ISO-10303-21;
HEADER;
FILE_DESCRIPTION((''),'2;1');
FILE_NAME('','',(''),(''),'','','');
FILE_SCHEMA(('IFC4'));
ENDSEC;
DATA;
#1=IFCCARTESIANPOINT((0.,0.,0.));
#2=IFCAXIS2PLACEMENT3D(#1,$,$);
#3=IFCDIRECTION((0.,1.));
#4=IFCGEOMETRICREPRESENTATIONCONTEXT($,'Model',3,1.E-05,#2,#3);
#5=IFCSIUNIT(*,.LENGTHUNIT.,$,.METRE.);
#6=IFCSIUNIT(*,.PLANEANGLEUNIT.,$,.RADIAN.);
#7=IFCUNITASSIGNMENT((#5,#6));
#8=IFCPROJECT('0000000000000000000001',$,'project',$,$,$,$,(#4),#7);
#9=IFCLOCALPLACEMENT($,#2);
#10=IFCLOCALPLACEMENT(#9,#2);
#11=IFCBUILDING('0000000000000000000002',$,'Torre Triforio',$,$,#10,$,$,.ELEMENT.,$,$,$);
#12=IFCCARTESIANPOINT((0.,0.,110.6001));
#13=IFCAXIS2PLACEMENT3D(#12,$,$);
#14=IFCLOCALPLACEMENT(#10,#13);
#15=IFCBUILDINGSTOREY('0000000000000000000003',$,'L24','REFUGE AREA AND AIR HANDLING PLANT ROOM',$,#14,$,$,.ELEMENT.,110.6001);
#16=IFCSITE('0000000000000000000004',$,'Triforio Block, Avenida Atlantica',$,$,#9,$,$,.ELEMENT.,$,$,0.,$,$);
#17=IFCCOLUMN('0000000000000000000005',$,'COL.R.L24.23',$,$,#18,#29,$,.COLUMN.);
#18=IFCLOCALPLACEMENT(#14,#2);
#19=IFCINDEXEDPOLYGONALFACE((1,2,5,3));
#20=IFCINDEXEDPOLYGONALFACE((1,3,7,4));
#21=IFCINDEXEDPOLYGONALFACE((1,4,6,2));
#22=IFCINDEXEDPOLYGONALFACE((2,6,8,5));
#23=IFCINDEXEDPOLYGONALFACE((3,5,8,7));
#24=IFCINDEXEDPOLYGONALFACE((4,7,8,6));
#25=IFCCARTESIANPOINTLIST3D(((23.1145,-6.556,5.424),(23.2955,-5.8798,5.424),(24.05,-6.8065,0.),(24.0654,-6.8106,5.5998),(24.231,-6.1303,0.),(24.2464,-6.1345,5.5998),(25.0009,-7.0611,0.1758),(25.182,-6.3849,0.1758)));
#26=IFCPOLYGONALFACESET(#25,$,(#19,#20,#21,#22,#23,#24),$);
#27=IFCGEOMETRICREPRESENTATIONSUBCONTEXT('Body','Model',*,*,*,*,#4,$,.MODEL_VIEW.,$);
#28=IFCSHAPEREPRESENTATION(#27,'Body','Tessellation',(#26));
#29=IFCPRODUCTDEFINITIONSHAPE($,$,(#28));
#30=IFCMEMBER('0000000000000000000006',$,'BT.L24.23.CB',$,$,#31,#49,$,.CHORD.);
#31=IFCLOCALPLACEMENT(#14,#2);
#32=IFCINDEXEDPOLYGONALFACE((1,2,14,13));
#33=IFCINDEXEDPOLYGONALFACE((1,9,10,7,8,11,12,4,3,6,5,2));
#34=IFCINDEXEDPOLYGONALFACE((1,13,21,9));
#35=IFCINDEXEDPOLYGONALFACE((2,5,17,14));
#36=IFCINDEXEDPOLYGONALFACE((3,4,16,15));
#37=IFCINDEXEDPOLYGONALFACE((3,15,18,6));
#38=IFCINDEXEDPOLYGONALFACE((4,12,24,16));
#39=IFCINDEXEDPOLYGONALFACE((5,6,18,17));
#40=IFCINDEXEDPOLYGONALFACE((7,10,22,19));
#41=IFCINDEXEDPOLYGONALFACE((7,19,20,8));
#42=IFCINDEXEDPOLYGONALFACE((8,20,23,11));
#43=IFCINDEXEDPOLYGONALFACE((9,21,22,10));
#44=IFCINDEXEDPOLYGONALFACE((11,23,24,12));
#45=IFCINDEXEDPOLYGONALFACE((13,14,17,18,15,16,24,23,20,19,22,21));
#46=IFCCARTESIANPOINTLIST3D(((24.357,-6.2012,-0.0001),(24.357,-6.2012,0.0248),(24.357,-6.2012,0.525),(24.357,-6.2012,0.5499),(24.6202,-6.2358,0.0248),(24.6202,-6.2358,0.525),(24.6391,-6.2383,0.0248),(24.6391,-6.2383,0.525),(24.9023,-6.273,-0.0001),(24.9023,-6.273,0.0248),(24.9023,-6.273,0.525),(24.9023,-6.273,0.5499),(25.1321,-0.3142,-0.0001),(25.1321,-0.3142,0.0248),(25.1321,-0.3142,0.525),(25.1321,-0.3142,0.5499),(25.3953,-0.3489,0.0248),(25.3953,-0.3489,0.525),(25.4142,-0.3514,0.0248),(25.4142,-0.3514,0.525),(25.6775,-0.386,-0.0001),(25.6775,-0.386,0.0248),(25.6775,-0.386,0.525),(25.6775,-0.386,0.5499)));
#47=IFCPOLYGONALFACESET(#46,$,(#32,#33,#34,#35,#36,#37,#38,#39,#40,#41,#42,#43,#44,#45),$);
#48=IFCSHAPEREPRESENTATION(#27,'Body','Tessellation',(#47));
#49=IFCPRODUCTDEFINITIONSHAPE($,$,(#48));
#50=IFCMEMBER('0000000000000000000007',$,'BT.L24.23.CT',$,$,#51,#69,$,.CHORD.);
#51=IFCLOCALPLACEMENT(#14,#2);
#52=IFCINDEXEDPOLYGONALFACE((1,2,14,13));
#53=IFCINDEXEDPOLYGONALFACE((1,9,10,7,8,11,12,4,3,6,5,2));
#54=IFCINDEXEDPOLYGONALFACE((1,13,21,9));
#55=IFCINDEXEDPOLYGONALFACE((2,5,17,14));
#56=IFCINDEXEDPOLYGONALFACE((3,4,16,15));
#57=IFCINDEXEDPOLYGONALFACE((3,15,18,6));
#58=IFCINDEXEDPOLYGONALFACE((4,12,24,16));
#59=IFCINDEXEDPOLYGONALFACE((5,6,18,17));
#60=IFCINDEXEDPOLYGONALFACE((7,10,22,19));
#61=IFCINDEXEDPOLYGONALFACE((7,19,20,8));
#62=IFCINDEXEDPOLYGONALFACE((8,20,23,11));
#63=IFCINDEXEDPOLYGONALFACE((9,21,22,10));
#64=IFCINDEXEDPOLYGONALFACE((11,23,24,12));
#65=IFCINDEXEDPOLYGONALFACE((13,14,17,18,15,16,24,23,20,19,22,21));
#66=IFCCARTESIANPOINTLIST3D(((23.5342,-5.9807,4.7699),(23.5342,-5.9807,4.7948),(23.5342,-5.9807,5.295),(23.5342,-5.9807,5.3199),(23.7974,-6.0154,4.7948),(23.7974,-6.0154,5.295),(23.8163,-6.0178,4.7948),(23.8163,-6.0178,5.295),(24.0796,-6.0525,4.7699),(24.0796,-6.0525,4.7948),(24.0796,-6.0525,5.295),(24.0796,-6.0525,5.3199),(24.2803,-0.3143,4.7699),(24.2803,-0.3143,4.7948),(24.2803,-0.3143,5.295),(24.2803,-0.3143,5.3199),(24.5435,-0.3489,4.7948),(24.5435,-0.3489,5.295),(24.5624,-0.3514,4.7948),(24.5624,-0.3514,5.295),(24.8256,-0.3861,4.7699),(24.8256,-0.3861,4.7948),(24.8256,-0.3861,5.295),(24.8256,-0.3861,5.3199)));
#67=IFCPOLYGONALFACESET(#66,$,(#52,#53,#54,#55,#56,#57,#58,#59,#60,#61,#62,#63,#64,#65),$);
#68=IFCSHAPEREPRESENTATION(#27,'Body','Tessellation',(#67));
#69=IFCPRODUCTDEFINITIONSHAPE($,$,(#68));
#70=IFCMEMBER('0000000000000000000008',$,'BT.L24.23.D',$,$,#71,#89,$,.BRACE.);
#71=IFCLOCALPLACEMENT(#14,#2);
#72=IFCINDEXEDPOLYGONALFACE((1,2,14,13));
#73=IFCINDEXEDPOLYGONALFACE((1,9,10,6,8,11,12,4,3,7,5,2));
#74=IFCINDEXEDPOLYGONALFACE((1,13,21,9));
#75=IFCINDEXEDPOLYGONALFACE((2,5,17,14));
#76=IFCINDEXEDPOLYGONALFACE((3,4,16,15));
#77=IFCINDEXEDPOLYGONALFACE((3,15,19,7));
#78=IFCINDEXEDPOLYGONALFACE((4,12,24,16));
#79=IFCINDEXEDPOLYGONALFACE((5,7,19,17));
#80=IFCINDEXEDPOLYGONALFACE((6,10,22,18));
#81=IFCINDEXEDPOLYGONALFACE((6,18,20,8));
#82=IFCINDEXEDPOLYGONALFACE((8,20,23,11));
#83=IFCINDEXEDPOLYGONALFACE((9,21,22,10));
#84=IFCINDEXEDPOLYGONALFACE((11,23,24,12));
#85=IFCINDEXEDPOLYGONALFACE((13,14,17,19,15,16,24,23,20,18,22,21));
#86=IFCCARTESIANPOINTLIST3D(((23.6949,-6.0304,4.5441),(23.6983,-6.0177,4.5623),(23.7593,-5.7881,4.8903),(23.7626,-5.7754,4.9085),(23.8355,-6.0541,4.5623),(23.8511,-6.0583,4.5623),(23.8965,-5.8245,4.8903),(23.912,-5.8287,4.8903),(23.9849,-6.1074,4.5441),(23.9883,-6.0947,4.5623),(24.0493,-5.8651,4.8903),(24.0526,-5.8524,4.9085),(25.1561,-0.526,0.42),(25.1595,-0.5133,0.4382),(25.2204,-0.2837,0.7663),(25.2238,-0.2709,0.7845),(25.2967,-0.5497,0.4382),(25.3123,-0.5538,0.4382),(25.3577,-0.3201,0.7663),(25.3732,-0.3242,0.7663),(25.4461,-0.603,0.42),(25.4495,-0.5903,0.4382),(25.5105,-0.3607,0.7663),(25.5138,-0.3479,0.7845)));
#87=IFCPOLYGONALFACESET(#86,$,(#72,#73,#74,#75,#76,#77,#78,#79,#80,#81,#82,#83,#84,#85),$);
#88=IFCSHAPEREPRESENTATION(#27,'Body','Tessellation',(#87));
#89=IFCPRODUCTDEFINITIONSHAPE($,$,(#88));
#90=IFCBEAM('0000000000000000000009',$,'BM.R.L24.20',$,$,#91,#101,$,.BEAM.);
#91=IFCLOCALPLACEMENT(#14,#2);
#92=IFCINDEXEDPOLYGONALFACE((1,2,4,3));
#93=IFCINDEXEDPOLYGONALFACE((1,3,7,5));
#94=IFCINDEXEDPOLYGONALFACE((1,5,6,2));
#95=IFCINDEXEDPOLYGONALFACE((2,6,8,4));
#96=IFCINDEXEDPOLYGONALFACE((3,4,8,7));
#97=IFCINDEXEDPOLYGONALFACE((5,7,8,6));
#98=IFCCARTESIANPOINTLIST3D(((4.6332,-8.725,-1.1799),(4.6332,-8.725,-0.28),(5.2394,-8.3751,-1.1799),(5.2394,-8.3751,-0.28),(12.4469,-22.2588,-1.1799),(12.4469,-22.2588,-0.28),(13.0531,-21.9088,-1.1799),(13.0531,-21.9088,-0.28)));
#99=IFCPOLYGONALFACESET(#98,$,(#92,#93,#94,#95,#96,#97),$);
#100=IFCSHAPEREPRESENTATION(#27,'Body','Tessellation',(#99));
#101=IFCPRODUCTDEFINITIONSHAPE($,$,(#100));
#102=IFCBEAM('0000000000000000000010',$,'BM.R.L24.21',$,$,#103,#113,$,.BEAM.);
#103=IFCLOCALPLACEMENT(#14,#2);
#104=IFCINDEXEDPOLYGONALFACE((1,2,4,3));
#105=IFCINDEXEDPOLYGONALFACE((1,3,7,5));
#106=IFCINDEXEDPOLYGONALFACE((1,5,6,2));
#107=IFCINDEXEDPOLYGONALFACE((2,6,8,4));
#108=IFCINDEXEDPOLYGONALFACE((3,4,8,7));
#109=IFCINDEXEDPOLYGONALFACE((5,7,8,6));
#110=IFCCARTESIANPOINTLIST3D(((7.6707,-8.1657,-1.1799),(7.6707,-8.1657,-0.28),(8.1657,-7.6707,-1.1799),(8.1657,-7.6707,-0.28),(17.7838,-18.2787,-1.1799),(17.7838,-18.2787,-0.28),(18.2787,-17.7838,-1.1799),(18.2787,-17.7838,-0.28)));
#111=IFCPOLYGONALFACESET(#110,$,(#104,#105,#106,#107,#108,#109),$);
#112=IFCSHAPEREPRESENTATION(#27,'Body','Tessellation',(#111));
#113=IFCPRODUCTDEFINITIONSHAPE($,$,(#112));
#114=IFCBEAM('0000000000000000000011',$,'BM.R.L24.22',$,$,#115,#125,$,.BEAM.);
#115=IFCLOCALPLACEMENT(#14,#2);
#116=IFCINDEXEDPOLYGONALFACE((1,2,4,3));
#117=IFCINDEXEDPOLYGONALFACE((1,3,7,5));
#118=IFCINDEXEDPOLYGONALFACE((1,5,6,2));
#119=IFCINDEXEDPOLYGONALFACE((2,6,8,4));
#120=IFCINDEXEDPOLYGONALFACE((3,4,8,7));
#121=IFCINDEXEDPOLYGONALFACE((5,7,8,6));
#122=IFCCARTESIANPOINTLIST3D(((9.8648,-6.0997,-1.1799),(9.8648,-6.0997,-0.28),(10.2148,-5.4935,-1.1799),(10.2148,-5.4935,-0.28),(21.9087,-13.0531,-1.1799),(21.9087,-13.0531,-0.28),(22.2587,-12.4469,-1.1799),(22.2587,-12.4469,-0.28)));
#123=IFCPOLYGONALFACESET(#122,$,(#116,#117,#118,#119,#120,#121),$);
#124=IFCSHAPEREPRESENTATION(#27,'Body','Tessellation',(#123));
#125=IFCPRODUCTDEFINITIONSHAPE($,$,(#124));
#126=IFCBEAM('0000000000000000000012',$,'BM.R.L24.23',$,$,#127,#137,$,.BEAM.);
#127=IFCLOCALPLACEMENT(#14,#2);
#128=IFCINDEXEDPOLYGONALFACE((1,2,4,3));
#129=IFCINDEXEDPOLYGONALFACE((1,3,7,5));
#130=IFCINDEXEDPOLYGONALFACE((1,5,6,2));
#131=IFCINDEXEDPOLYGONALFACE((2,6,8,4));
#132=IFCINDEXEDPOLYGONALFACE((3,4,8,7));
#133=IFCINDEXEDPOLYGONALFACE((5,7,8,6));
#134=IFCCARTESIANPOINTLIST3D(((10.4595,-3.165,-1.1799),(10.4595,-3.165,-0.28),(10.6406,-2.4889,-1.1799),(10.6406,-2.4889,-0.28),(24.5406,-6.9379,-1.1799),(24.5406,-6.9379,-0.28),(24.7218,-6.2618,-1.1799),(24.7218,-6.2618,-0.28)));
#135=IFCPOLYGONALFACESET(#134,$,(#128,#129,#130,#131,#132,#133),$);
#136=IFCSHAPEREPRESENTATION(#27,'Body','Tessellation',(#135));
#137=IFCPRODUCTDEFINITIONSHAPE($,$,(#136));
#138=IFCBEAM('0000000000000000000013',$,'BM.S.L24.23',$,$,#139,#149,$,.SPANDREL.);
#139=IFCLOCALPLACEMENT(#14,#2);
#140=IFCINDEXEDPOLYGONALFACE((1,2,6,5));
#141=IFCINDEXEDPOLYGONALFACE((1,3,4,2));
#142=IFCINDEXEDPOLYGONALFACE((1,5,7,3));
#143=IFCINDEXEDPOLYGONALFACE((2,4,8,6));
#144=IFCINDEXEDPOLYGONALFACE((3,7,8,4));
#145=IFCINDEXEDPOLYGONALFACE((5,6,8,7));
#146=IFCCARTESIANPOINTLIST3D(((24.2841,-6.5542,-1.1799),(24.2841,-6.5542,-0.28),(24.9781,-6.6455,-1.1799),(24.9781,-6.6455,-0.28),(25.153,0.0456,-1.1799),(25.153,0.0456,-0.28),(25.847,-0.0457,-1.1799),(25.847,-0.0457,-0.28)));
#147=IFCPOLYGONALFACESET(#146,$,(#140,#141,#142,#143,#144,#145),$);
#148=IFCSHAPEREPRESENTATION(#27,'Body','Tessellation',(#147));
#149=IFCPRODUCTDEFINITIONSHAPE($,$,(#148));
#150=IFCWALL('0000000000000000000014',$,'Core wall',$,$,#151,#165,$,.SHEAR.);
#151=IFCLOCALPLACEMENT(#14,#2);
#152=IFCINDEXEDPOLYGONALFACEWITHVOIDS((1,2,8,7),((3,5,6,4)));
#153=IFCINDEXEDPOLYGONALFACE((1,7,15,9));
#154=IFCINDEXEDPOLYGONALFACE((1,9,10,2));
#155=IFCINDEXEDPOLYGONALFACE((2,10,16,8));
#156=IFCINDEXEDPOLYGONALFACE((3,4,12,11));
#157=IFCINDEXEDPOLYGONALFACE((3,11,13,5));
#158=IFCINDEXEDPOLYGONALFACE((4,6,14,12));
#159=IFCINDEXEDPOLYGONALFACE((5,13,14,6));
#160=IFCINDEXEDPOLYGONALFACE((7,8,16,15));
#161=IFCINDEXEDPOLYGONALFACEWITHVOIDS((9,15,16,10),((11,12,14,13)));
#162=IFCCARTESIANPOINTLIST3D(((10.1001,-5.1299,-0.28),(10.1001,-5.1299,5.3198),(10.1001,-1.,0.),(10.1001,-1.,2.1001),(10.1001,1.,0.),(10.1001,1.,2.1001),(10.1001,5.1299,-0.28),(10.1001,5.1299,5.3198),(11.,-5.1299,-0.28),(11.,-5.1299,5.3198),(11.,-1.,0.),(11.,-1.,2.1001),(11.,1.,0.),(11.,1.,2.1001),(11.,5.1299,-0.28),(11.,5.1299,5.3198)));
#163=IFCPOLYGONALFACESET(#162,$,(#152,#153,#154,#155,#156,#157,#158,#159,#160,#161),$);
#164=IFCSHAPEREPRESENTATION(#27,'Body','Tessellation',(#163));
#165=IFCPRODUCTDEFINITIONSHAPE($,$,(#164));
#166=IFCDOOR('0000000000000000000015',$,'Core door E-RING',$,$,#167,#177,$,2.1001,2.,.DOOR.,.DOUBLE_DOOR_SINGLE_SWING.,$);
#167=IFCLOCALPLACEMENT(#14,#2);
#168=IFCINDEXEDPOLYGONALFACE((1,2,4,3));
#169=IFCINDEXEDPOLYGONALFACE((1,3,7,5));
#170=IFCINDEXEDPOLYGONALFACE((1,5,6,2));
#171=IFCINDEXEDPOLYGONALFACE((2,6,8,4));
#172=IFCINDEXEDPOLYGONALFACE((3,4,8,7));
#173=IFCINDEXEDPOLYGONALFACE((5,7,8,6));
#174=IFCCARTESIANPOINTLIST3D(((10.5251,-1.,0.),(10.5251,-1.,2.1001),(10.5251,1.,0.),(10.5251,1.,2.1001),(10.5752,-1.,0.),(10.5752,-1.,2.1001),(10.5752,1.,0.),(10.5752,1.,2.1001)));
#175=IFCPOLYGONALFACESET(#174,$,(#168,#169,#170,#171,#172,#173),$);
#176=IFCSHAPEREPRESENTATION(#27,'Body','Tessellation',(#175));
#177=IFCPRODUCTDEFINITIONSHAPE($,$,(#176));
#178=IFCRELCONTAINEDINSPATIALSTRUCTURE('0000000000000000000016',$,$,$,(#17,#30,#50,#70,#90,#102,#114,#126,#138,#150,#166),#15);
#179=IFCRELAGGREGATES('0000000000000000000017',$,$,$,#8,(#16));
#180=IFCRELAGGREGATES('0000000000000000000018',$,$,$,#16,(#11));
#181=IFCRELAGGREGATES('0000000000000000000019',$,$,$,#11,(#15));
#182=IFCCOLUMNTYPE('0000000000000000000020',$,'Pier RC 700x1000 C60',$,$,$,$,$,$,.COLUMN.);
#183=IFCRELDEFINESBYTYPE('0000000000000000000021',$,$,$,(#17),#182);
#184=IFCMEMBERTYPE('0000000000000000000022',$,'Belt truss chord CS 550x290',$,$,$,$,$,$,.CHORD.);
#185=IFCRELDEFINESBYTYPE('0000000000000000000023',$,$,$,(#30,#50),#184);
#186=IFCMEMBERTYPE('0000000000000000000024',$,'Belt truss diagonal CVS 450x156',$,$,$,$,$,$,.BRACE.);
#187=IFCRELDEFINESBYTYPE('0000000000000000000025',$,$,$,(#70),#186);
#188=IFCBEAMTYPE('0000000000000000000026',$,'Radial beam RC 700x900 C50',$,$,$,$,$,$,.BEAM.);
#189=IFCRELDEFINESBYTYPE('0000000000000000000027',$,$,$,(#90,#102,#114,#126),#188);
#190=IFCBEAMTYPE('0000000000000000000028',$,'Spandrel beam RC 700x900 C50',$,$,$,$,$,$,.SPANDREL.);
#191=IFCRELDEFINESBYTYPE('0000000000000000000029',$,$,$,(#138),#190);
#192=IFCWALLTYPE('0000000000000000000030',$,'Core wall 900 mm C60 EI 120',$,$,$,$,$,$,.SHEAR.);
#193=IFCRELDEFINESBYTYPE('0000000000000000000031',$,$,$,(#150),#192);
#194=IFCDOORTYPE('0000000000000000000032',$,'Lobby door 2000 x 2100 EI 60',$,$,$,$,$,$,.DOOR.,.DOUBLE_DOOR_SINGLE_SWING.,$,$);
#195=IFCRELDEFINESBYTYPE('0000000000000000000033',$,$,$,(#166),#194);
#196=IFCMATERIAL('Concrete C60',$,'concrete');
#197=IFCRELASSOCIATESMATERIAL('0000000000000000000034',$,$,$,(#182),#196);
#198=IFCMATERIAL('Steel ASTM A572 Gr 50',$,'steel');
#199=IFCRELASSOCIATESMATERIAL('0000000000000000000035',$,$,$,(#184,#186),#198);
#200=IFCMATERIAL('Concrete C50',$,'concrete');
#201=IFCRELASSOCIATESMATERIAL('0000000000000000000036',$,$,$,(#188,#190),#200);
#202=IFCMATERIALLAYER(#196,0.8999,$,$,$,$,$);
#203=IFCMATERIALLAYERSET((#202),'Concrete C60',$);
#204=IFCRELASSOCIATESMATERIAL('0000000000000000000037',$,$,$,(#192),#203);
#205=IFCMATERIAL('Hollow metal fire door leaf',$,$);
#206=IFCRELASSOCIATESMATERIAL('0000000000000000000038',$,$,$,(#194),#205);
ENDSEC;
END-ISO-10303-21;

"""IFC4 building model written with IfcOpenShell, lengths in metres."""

from ifc_helpers import new_model, si_unit, direction, frame, frame_2d, origin, origin_2d, place, context, subcontext, project, spatial, rectangle, i_section, extrude, material, layer, layer_set, material_profile, profile_set, type_object, element, fill, save


model = new_model("IFC4")

# Units and contexts
model_context = context("Model", 3, precision=1e-05, world=origin(), true_north=direction((0.0, 1.0)))
body_context = subcontext(model_context, "Body", "Model", "MODEL_VIEW")
ifc_project = project(units=[si_unit("LENGTHUNIT", "METRE"), si_unit("PLANEANGLEUNIT", "RADIAN")], contexts=[model_context])

# Site, building, storey
site_placement = place(None, origin())
site = spatial("IfcSite", under=ifc_project, at=site_placement, Name="Triforio Block, Avenida Atlantica", CompositionType="ELEMENT", RefElevation=0.0)
building_placement = place(site_placement, origin())
building = spatial("IfcBuilding", under=site, at=building_placement, Name="Torre Triforio", CompositionType="ELEMENT")
storey_placement = place(building_placement, frame((0.0, 0.0, 110.6001)))
storey = spatial("IfcBuildingStorey", under=building, at=storey_placement, Name="L24", Description="REFUGE AREA AND AIR HANDLING PLANT ROOM", CompositionType="ELEMENT", Elevation=110.6001)

# Column
ifc_material_1 = material(Name="Concrete C60", Category="concrete")
ifc_material_profile_1 = material_profile(ifc_material_1, rectangle(XDim=0.7, YDim=1.0, at=origin_2d()), Name="RC 700x1000")
ifc_profile_set_1 = profile_set([ifc_material_profile_1], Name="Concrete C60")
column_type = type_object("IfcColumnType", Name="Pier RC 700x1000 C60", PredefinedType="COLUMN", material=ifc_profile_set_1)
column_placement = place(storey_placement, frame((24.616, -6.5957, 0.0879), z_axis=(-0.169795, 0.045462, 0.98443), x_axis=(-0.258635, -0.965975, 0.0)))
element("IfcColumn", 1, at=column_placement, inside=storey, type_object=column_type, Name="COL.R.L24.23", PredefinedType="COLUMN", context=body_context, shape_type="SweptSolid", body=[
    extrude(rectangle(XDim=0.7, YDim=1.0, at=origin_2d()), origin(), (0.0, 0.0, 1.0), 5.5098),
])

# Members
ifc_material_2 = material(Name="Steel ASTM A572 Gr 50", Category="steel")
ifc_material_profile_2 = material_profile(ifc_material_2, i_section(OverallWidth=0.55, OverallDepth=0.55, WebThickness=0.019, FlangeThickness=0.0249, at=origin_2d()), Name="CS 550x290")
ifc_profile_set_2 = profile_set([ifc_material_profile_2], Name="Steel ASTM A572 Gr 50")
member_type_1 = type_object("IfcMemberType", Name="Belt truss chord CS 550x290", PredefinedType="CHORD", material=ifc_profile_set_2)
member_1_placement = place(storey_placement, frame((24.6296, -6.2371, 0.2749), z_axis=(0.130545, 0.991442, 0.0), x_axis=(-0.991442, 0.130545, 0.0)))
element("IfcMember", 2, at=member_1_placement, inside=storey, type_object=member_type_1, Name="BT.L24.23.CB", PredefinedType="CHORD", context=body_context, shape_type="SweptSolid", body=[
    extrude(i_section(OverallWidth=0.55, OverallDepth=0.55, WebThickness=0.019, FlangeThickness=0.0249, at=origin_2d()), origin(), (0.0, 0.0, 1.0), 5.9377),
])
member_2_placement = place(storey_placement, frame((23.8069, -6.0166, 5.0449), z_axis=(0.130541, 0.991443, 0.0), x_axis=(-0.991443, 0.130541, 0.0)))
element("IfcMember", 3, at=member_2_placement, inside=storey, type_object=member_type_1, Name="BT.L24.23.CT", PredefinedType="CHORD", context=body_context, shape_type="SweptSolid", body=[
    extrude(i_section(OverallWidth=0.55, OverallDepth=0.55, WebThickness=0.019, FlangeThickness=0.0249, at=origin_2d()), origin(), (0.0, 0.0, 1.0), 5.7153),
])
ifc_material_profile_3 = material_profile(ifc_material_2, i_section(OverallWidth=0.3, OverallDepth=0.45, WebThickness=0.0161, FlangeThickness=0.0225, at=origin_2d()), Name="CVS 450x156")
ifc_profile_set_3 = profile_set([ifc_material_profile_3], Name="Steel ASTM A572 Gr 50")
member_type_2 = type_object("IfcMemberType", Name="Belt truss diagonal CVS 450x156", PredefinedType="BRACE", material=ifc_profile_set_3)
member_3_placement = place(storey_placement, frame((23.8738, -5.9414, 4.7263), z_axis=(0.207807, 0.782827, -0.586513), x_axis=(-0.966525, 0.256571, 0.0)))
element("IfcMember", 4, at=member_3_placement, inside=storey, type_object=member_type_2, Name="BT.L24.23.D", PredefinedType="BRACE", context=body_context, shape_type="SweptSolid", body=[
    extrude(i_section(OverallWidth=0.3, OverallDepth=0.45, WebThickness=0.0161, FlangeThickness=0.0225, at=origin_2d()), origin(), (0.0, 0.0, 1.0), 7.0315),
])

# Beams
ifc_material_3 = material(Name="Concrete C50", Category="concrete")
ifc_material_profile_4 = material_profile(ifc_material_3, rectangle(XDim=0.7, YDim=0.8999, at=origin_2d()), Name="RC 700x900")
ifc_profile_set_4 = profile_set([ifc_material_profile_4], Name="Concrete C50")
beam_type_1 = type_object("IfcBeamType", Name="Radial beam RC 700x900 C50", PredefinedType="BEAM", material=ifc_profile_set_4)
beam_1_placement = place(storey_placement, frame((4.9363, -8.55, -0.73), z_axis=(0.500002, -0.866024, 0.0), x_axis=(0.866024, 0.500002, 0.0)))
element("IfcBeam", 5, at=beam_1_placement, inside=storey, type_object=beam_type_1, Name="BM.R.L24.20", PredefinedType="BEAM", context=body_context, shape_type="SweptSolid", body=[
    extrude(rectangle(XDim=0.7, YDim=0.8999, at=origin_2d()), origin(), (0.0, 0.0, 1.0), 15.6274),
])
beam_2_placement = place(storey_placement, frame((7.9182, -7.9182, -0.73), z_axis=(0.707107, -0.707107, 0.0), x_axis=(0.707107, 0.707107, 0.0)))
element("IfcBeam", 6, at=beam_2_placement, inside=storey, type_object=beam_type_1, Name="BM.R.L24.21", PredefinedType="BEAM", context=body_context, shape_type="SweptSolid", body=[
    extrude(rectangle(XDim=0.7, YDim=0.8999, at=origin_2d()), origin(), (0.0, 0.0, 1.0), 14.302),
])
beam_3_placement = place(storey_placement, frame((10.0398, -5.7966, -0.73), z_axis=(0.866032, -0.499989, 0.0), x_axis=(0.499989, 0.866032, 0.0)))
element("IfcBeam", 7, at=beam_3_placement, inside=storey, type_object=beam_type_1, Name="BM.R.L24.22", PredefinedType="BEAM", context=body_context, shape_type="SweptSolid", body=[
    extrude(rectangle(XDim=0.7, YDim=0.8999, at=origin_2d()), origin(), (0.0, 0.0, 1.0), 13.907),
])
beam_4_placement = place(storey_placement, frame((10.55, -2.8269, -0.73), z_axis=(0.965927, -0.258815, 0.0), x_axis=(0.258815, 0.965927, 0.0)))
element("IfcBeam", 8, at=beam_4_placement, inside=storey, type_object=beam_type_1, Name="BM.R.L24.23", PredefinedType="BEAM", context=body_context, shape_type="SweptSolid", body=[
    extrude(rectangle(XDim=0.7, YDim=0.8999, at=origin_2d()), origin(), (0.0, 0.0, 1.0), 14.5779),
])
ifc_material_profile_5 = material_profile(ifc_material_3, rectangle(XDim=0.7, YDim=0.8999, at=origin_2d()), Name="RC 700x900")
ifc_profile_set_5 = profile_set([ifc_material_profile_5], Name="Concrete C50")
beam_type_2 = type_object("IfcBeamType", Name="Spandrel beam RC 700x900 C50", PredefinedType="SPANDREL", material=ifc_profile_set_5)
beam_5_placement = place(storey_placement, frame((24.6311, -6.5999, -0.73), z_axis=(0.130528, 0.991445, 0.0), x_axis=(-0.991445, 0.130528, 0.0)))
element("IfcBeam", 9, at=beam_5_placement, inside=storey, type_object=beam_type_2, Name="BM.S.L24.23", PredefinedType="SPANDREL", context=body_context, shape_type="SweptSolid", body=[
    extrude(rectangle(XDim=0.7, YDim=0.8999, at=origin_2d()), origin(), (0.0, 0.0, 1.0), 6.6567),
])

# Wall, opening, door
ifc_layer_1 = layer(ifc_material_1, 0.8999)
ifc_layer_set_1 = layer_set([ifc_layer_1], Name="Concrete C60")
wall_type_1 = type_object("IfcWallType", Name="Core wall 900 mm C60 EI 120", PredefinedType="SHEAR", material=ifc_layer_set_1)
wall_1_placement = place(storey_placement, frame((10.55, -5.1299, -0.28), z_axis=(0.0, 0.0, 1.0), x_axis=(0.0, 1.0, 0.0)))
wall_1 = element("IfcWall", 10, at=wall_1_placement, inside=storey, type_object=wall_type_1, Name="Core wall", PredefinedType="SHEAR", context=body_context, shape_type="SweptSolid", body=[
    extrude(rectangle(XDim=10.2598, YDim=0.8999, at=frame_2d((5.1299, 0.0))), origin(), (0.0, 0.0, 1.0), 5.5999),
])
opening_1_placement = place(wall_1_placement, frame((4.1299, 0.0, 0.28)))
opening_1 = element("IfcOpeningElement", 11, at=opening_1_placement, cuts=wall_1, PredefinedType="OPENING", context=body_context, shape_type="SweptSolid", body=[
    extrude(rectangle(XDim=2.0, YDim=2.1001, at=frame_2d((1.0, 1.05))), frame((0.0, 0.46, 0.0), z_axis=(0.0, -1.0, 0.0), x_axis=(1.0, 0.0, 0.0)), (0.0, 0.0, 1.0), 0.9199),
])
ifc_material_4 = material(Name="Hollow metal fire door leaf")
door_type_1 = type_object("IfcDoorType", Name="Lobby door 2000 x 2100 EI 60", OperationType="DOUBLE_DOOR_SINGLE_SWING", PredefinedType="DOOR", material=ifc_material_4)
door_1_placement = place(opening_1_placement, origin())
door_1 = element("IfcDoor", 12, at=door_1_placement, inside=storey, type_object=door_type_1, Name="Core door E-RING", OperationType="DOUBLE_DOOR_SINGLE_SWING", OverallHeight=2.1001, OverallWidth=2.0, PredefinedType="DOOR", context=body_context, shape_type="SweptSolid", body=[
    extrude(rectangle(XDim=2.0, YDim=2.1001, at=frame_2d((1.0, 1.05))), frame((0.0, 0.0249, 0.0), z_axis=(0.0, -1.0, 0.0), x_axis=(1.0, 0.0, 0.0)), (0.0, 0.0, 1.0), 0.05),
])
fill(opening_1, door_1)

save(model, "model.ifc")
